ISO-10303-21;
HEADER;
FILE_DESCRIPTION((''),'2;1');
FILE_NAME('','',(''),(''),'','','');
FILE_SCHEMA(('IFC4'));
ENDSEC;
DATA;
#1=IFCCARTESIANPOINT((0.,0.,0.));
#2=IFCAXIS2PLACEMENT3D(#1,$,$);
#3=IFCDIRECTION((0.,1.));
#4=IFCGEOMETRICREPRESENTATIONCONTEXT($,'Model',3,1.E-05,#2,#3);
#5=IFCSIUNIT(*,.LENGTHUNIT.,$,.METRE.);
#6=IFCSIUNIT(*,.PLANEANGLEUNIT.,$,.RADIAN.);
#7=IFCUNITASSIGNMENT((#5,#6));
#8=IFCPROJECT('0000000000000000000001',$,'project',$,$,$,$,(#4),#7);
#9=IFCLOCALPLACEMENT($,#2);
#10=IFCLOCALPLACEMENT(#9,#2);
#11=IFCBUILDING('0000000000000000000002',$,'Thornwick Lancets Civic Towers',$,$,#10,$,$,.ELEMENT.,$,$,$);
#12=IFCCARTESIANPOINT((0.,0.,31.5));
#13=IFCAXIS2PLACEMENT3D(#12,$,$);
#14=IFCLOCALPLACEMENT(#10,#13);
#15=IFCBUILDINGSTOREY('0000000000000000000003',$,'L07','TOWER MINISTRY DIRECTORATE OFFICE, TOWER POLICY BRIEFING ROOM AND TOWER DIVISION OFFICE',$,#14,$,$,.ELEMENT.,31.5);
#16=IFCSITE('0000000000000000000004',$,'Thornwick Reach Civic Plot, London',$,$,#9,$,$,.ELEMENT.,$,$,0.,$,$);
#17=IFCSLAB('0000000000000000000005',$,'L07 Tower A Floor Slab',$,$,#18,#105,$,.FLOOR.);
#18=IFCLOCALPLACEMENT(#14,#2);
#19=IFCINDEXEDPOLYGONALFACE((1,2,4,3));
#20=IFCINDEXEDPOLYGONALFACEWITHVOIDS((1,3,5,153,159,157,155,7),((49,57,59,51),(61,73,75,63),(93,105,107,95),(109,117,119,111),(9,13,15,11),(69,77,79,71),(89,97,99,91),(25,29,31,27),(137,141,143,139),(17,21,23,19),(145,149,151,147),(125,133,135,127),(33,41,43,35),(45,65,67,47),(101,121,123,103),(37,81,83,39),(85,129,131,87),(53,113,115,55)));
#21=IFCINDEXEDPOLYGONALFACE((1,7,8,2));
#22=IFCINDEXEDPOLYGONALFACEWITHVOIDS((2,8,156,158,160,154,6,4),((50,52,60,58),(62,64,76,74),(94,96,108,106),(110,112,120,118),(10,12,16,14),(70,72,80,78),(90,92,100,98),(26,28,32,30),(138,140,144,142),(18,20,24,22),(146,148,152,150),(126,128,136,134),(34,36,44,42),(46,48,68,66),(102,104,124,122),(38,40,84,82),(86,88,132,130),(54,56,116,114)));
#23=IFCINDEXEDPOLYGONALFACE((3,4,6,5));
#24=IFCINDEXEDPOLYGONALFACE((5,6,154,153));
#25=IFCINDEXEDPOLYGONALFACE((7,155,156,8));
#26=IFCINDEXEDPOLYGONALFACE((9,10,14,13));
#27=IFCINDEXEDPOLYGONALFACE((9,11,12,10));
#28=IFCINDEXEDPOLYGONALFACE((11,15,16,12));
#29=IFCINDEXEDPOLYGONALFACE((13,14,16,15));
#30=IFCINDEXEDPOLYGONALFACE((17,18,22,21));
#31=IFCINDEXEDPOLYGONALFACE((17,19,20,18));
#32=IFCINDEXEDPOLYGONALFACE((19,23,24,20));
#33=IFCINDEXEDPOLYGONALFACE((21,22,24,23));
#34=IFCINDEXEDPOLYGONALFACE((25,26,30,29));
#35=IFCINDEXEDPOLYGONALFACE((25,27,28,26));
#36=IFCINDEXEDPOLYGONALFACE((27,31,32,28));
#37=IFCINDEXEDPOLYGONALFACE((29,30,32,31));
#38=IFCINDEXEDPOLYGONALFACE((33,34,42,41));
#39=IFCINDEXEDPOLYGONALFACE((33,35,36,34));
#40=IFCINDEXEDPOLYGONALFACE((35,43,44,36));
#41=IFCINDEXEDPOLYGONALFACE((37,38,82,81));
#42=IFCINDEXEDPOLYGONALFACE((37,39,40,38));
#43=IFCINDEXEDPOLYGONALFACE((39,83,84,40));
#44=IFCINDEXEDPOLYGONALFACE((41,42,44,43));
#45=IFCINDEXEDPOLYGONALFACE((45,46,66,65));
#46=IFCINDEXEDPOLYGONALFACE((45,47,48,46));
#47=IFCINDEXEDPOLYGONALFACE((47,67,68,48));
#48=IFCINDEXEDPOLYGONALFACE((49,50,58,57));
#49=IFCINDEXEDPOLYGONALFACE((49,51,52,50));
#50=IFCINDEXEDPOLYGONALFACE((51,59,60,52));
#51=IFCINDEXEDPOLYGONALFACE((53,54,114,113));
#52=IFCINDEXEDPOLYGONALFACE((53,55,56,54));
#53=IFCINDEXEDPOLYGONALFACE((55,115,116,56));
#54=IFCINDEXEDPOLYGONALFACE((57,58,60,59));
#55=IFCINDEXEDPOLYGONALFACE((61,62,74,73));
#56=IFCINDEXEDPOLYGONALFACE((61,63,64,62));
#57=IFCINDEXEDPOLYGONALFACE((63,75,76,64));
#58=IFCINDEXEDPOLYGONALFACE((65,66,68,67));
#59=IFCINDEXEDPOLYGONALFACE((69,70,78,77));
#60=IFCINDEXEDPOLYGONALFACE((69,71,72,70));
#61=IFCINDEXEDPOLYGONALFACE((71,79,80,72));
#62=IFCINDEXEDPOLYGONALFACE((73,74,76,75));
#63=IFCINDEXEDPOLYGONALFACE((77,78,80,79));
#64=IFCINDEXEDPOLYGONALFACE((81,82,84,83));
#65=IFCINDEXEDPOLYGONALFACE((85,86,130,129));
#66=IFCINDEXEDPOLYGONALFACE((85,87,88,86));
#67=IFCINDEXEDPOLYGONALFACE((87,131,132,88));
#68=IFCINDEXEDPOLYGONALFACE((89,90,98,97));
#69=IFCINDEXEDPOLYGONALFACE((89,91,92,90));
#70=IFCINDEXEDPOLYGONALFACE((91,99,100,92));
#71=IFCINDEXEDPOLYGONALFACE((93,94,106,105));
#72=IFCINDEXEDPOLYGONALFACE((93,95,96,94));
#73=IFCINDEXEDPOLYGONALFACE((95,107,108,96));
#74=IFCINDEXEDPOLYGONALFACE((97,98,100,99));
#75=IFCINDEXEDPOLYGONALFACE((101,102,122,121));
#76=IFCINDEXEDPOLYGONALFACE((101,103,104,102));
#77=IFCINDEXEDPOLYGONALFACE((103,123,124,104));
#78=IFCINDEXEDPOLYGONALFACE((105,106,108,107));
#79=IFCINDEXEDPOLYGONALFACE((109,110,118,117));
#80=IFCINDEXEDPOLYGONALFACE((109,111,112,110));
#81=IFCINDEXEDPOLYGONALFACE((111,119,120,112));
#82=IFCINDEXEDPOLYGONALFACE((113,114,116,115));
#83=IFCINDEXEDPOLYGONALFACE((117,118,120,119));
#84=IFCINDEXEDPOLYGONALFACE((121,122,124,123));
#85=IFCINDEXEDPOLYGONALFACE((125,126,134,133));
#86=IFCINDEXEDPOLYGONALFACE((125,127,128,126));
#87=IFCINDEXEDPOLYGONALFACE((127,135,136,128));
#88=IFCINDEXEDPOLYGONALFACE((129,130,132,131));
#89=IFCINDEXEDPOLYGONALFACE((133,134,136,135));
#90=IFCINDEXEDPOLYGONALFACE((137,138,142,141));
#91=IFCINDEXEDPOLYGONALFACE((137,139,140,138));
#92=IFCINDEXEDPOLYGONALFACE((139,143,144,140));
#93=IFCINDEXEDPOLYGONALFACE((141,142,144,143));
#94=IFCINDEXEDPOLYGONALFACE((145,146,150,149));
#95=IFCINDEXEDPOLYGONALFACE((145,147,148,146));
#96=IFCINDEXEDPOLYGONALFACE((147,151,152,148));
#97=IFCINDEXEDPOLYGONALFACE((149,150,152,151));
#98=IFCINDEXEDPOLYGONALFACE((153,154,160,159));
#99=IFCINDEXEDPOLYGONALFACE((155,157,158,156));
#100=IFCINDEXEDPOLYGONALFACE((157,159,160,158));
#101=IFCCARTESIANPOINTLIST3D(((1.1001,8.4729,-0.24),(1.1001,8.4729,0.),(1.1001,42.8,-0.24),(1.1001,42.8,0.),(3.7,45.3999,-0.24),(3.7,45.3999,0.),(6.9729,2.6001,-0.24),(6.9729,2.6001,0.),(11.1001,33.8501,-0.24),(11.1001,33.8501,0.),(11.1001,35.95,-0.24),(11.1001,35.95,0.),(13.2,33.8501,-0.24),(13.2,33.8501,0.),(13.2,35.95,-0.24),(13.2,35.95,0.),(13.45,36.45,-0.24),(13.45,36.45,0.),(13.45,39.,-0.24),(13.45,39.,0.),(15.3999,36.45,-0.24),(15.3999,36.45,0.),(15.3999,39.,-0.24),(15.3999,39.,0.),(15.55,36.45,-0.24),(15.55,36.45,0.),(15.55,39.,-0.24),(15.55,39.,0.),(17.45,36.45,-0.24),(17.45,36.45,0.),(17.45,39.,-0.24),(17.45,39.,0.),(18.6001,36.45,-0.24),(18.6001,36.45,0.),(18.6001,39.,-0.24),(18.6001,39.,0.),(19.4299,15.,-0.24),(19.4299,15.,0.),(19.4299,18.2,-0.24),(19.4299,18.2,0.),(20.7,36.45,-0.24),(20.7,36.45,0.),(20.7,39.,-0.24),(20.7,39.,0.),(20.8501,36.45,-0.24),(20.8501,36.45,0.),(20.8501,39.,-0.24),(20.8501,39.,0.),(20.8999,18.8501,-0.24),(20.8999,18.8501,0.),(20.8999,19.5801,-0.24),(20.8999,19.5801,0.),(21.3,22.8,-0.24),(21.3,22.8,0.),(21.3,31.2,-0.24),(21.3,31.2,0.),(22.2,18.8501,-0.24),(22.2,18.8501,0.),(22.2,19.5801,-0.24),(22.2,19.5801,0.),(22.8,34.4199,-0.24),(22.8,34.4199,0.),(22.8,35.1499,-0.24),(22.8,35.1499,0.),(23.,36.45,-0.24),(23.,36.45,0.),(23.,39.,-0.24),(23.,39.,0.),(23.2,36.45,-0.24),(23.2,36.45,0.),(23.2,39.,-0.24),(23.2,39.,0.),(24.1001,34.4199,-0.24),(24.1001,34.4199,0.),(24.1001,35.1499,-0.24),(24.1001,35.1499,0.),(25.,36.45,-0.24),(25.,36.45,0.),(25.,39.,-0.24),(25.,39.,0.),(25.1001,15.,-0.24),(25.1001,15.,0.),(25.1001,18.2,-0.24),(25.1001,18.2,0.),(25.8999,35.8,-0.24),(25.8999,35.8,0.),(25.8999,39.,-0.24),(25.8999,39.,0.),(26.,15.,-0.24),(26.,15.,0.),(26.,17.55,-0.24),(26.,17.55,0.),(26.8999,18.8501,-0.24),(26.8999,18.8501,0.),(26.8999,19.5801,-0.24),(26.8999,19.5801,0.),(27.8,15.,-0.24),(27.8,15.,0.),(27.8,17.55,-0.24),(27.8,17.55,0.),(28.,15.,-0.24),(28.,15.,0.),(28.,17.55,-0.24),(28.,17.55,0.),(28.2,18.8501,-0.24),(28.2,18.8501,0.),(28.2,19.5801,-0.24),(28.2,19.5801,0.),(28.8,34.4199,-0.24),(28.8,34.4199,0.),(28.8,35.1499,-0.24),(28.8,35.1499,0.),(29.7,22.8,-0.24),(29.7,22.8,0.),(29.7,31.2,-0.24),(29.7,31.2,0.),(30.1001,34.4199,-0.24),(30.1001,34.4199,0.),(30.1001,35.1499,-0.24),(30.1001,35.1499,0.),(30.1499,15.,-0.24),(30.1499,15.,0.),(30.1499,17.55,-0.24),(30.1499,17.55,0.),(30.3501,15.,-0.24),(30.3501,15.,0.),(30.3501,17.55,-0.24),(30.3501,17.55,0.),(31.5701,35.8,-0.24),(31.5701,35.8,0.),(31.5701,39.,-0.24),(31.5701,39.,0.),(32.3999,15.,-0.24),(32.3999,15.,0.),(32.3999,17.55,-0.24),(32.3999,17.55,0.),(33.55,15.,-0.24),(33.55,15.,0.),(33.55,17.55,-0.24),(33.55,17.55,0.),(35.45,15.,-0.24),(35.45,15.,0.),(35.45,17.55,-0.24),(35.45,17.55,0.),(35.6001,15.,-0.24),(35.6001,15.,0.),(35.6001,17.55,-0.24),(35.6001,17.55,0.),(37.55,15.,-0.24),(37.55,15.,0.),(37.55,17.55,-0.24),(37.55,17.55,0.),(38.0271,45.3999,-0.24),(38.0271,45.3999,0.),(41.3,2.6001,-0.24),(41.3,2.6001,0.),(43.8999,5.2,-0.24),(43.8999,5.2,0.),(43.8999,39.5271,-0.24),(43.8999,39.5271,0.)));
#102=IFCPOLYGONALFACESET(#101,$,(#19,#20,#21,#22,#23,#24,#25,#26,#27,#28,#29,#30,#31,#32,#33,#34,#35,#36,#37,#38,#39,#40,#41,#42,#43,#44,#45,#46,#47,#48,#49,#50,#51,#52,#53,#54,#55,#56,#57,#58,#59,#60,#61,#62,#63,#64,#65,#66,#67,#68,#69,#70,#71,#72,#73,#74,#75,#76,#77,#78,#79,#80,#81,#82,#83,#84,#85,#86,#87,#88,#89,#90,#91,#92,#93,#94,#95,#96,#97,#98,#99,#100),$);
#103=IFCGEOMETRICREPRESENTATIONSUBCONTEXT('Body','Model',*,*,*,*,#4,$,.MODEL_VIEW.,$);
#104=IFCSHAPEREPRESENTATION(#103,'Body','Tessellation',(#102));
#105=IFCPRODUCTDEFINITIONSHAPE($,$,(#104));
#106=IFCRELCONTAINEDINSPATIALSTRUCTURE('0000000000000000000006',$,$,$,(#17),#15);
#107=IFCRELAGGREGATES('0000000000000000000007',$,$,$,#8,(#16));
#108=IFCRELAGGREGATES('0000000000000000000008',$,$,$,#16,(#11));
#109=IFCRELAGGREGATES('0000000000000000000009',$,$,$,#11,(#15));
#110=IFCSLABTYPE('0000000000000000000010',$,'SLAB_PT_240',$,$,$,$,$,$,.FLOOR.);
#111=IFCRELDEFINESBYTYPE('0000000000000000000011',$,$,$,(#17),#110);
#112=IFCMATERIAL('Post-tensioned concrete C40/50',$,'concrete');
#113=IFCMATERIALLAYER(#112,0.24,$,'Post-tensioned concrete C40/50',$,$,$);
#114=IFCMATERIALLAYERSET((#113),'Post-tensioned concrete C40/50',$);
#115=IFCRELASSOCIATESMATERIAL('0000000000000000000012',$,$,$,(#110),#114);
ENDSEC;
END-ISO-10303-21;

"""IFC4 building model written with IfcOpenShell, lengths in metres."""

from ifc_helpers import new_model, si_unit, direction, frame, origin, place, context, subcontext, project, spatial, polyline, outline, extrude, material, layer, layer_set, type_object, element, save


model = new_model("IFC4")

# Units and contexts
model_context = context("Model", 3, precision=1e-05, world=origin(), true_north=direction((0.0, 1.0)))
body_context = subcontext(model_context, "Body", "Model", "MODEL_VIEW")
ifc_project = project(units=[si_unit("LENGTHUNIT", "METRE"), si_unit("PLANEANGLEUNIT", "RADIAN")], contexts=[model_context])

# Site, building, storey
site_placement = place(None, origin())
site = spatial("IfcSite", under=ifc_project, at=site_placement, Name="Thornwick Reach Civic Plot, London", CompositionType="ELEMENT", RefElevation=0.0)
building_placement = place(site_placement, origin())
building = spatial("IfcBuilding", under=site, at=building_placement, Name="Thornwick Lancets Civic Towers", CompositionType="ELEMENT")
storey_placement = place(building_placement, frame((0.0, 0.0, 31.5)))
storey = spatial("IfcBuildingStorey", under=building, at=storey_placement, Name="L07", Description="TOWER MINISTRY DIRECTORATE OFFICE, TOWER POLICY BRIEFING ROOM AND TOWER DIVISION OFFICE", CompositionType="ELEMENT", Elevation=31.5)

# Shared definitions
ifc_material_1 = material(Name="Post-tensioned concrete C40/50", Category="concrete")

# Slab
ifc_layer_1 = layer(ifc_material_1, 0.24, Name="Post-tensioned concrete C40/50")
ifc_layer_set_1 = layer_set([ifc_layer_1], Name="Post-tensioned concrete C40/50")
slab_type_1 = type_object("IfcSlabType", Name="SLAB_PT_240", PredefinedType="FLOOR", material=ifc_layer_set_1)
slab_1_placement = place(storey_placement, frame((0.0, 0.0, -0.24)))
element("IfcSlab", 1, at=slab_1_placement, inside=storey, type_object=slab_type_1, Name="L07 Tower A Floor Slab", PredefinedType="FLOOR", context=body_context, shape_type="SweptSolid", body=[
    extrude(outline(polyline([(6.9729, 2.6001), (41.3, 2.6001), (43.8999, 5.2), (43.8999, 39.5271), (38.0271, 45.3999), (3.7, 45.3999), (1.1001, 42.8), (1.1001, 8.4729), (6.9729, 2.6001)]), holes=[polyline([(21.3, 22.8), (29.7, 22.8), (29.7, 31.2), (21.3, 31.2), (21.3, 22.8)]), polyline([(19.4299, 15.0), (25.1001, 15.0), (25.1001, 18.2), (19.4299, 18.2), (19.4299, 15.0)]), polyline([(31.5701, 39.0), (25.8999, 39.0), (25.8999, 35.8), (31.5701, 35.8), (31.5701, 39.0)]), polyline([(26.0, 15.0), (27.8, 15.0), (27.8, 17.55), (26.0, 17.55), (26.0, 15.0)]), polyline([(28.0, 15.0), (30.1499, 15.0), (30.1499, 17.55), (28.0, 17.55), (28.0, 15.0)]), polyline([(30.3501, 15.0), (32.3999, 15.0), (32.3999, 17.55), (30.3501, 17.55), (30.3501, 15.0)]), polyline([(33.55, 15.0), (35.45, 15.0), (35.45, 17.55), (33.55, 17.55), (33.55, 15.0)]), polyline([(35.6001, 15.0), (37.55, 15.0), (37.55, 17.55), (35.6001, 17.55), (35.6001, 15.0)]), polyline([(23.2, 36.45), (25.0, 36.45), (25.0, 39.0), (23.2, 39.0), (23.2, 36.45)]), polyline([(20.8501, 36.45), (23.0, 36.45), (23.0, 39.0), (20.8501, 39.0), (20.8501, 36.45)]), polyline([(18.6001, 36.45), (20.7, 36.45), (20.7, 39.0), (18.6001, 39.0), (18.6001, 36.45)]), polyline([(15.55, 36.45), (17.45, 36.45), (17.45, 39.0), (15.55, 39.0), (15.55, 36.45)]), polyline([(13.45, 36.45), (15.3999, 36.45), (15.3999, 39.0), (13.45, 39.0), (13.45, 36.45)]), polyline([(11.1001, 33.8501), (13.2, 33.8501), (13.2, 35.95), (11.1001, 35.95), (11.1001, 33.8501)]), polyline([(26.8999, 18.8501), (28.2, 18.8501), (28.2, 19.5801), (26.8999, 19.5801), (26.8999, 18.8501)]), polyline([(20.8999, 18.8501), (22.2, 18.8501), (22.2, 19.5801), (20.8999, 19.5801), (20.8999, 18.8501)]), polyline([(22.8, 34.4199), (24.1001, 34.4199), (24.1001, 35.1499), (22.8, 35.1499), (22.8, 34.4199)]), polyline([(28.8, 34.4199), (30.1001, 34.4199), (30.1001, 35.1499), (28.8, 35.1499), (28.8, 34.4199)])]), origin(), (0.0, 0.0, 1.0), 0.24),
])

save(model, "model.ifc")
